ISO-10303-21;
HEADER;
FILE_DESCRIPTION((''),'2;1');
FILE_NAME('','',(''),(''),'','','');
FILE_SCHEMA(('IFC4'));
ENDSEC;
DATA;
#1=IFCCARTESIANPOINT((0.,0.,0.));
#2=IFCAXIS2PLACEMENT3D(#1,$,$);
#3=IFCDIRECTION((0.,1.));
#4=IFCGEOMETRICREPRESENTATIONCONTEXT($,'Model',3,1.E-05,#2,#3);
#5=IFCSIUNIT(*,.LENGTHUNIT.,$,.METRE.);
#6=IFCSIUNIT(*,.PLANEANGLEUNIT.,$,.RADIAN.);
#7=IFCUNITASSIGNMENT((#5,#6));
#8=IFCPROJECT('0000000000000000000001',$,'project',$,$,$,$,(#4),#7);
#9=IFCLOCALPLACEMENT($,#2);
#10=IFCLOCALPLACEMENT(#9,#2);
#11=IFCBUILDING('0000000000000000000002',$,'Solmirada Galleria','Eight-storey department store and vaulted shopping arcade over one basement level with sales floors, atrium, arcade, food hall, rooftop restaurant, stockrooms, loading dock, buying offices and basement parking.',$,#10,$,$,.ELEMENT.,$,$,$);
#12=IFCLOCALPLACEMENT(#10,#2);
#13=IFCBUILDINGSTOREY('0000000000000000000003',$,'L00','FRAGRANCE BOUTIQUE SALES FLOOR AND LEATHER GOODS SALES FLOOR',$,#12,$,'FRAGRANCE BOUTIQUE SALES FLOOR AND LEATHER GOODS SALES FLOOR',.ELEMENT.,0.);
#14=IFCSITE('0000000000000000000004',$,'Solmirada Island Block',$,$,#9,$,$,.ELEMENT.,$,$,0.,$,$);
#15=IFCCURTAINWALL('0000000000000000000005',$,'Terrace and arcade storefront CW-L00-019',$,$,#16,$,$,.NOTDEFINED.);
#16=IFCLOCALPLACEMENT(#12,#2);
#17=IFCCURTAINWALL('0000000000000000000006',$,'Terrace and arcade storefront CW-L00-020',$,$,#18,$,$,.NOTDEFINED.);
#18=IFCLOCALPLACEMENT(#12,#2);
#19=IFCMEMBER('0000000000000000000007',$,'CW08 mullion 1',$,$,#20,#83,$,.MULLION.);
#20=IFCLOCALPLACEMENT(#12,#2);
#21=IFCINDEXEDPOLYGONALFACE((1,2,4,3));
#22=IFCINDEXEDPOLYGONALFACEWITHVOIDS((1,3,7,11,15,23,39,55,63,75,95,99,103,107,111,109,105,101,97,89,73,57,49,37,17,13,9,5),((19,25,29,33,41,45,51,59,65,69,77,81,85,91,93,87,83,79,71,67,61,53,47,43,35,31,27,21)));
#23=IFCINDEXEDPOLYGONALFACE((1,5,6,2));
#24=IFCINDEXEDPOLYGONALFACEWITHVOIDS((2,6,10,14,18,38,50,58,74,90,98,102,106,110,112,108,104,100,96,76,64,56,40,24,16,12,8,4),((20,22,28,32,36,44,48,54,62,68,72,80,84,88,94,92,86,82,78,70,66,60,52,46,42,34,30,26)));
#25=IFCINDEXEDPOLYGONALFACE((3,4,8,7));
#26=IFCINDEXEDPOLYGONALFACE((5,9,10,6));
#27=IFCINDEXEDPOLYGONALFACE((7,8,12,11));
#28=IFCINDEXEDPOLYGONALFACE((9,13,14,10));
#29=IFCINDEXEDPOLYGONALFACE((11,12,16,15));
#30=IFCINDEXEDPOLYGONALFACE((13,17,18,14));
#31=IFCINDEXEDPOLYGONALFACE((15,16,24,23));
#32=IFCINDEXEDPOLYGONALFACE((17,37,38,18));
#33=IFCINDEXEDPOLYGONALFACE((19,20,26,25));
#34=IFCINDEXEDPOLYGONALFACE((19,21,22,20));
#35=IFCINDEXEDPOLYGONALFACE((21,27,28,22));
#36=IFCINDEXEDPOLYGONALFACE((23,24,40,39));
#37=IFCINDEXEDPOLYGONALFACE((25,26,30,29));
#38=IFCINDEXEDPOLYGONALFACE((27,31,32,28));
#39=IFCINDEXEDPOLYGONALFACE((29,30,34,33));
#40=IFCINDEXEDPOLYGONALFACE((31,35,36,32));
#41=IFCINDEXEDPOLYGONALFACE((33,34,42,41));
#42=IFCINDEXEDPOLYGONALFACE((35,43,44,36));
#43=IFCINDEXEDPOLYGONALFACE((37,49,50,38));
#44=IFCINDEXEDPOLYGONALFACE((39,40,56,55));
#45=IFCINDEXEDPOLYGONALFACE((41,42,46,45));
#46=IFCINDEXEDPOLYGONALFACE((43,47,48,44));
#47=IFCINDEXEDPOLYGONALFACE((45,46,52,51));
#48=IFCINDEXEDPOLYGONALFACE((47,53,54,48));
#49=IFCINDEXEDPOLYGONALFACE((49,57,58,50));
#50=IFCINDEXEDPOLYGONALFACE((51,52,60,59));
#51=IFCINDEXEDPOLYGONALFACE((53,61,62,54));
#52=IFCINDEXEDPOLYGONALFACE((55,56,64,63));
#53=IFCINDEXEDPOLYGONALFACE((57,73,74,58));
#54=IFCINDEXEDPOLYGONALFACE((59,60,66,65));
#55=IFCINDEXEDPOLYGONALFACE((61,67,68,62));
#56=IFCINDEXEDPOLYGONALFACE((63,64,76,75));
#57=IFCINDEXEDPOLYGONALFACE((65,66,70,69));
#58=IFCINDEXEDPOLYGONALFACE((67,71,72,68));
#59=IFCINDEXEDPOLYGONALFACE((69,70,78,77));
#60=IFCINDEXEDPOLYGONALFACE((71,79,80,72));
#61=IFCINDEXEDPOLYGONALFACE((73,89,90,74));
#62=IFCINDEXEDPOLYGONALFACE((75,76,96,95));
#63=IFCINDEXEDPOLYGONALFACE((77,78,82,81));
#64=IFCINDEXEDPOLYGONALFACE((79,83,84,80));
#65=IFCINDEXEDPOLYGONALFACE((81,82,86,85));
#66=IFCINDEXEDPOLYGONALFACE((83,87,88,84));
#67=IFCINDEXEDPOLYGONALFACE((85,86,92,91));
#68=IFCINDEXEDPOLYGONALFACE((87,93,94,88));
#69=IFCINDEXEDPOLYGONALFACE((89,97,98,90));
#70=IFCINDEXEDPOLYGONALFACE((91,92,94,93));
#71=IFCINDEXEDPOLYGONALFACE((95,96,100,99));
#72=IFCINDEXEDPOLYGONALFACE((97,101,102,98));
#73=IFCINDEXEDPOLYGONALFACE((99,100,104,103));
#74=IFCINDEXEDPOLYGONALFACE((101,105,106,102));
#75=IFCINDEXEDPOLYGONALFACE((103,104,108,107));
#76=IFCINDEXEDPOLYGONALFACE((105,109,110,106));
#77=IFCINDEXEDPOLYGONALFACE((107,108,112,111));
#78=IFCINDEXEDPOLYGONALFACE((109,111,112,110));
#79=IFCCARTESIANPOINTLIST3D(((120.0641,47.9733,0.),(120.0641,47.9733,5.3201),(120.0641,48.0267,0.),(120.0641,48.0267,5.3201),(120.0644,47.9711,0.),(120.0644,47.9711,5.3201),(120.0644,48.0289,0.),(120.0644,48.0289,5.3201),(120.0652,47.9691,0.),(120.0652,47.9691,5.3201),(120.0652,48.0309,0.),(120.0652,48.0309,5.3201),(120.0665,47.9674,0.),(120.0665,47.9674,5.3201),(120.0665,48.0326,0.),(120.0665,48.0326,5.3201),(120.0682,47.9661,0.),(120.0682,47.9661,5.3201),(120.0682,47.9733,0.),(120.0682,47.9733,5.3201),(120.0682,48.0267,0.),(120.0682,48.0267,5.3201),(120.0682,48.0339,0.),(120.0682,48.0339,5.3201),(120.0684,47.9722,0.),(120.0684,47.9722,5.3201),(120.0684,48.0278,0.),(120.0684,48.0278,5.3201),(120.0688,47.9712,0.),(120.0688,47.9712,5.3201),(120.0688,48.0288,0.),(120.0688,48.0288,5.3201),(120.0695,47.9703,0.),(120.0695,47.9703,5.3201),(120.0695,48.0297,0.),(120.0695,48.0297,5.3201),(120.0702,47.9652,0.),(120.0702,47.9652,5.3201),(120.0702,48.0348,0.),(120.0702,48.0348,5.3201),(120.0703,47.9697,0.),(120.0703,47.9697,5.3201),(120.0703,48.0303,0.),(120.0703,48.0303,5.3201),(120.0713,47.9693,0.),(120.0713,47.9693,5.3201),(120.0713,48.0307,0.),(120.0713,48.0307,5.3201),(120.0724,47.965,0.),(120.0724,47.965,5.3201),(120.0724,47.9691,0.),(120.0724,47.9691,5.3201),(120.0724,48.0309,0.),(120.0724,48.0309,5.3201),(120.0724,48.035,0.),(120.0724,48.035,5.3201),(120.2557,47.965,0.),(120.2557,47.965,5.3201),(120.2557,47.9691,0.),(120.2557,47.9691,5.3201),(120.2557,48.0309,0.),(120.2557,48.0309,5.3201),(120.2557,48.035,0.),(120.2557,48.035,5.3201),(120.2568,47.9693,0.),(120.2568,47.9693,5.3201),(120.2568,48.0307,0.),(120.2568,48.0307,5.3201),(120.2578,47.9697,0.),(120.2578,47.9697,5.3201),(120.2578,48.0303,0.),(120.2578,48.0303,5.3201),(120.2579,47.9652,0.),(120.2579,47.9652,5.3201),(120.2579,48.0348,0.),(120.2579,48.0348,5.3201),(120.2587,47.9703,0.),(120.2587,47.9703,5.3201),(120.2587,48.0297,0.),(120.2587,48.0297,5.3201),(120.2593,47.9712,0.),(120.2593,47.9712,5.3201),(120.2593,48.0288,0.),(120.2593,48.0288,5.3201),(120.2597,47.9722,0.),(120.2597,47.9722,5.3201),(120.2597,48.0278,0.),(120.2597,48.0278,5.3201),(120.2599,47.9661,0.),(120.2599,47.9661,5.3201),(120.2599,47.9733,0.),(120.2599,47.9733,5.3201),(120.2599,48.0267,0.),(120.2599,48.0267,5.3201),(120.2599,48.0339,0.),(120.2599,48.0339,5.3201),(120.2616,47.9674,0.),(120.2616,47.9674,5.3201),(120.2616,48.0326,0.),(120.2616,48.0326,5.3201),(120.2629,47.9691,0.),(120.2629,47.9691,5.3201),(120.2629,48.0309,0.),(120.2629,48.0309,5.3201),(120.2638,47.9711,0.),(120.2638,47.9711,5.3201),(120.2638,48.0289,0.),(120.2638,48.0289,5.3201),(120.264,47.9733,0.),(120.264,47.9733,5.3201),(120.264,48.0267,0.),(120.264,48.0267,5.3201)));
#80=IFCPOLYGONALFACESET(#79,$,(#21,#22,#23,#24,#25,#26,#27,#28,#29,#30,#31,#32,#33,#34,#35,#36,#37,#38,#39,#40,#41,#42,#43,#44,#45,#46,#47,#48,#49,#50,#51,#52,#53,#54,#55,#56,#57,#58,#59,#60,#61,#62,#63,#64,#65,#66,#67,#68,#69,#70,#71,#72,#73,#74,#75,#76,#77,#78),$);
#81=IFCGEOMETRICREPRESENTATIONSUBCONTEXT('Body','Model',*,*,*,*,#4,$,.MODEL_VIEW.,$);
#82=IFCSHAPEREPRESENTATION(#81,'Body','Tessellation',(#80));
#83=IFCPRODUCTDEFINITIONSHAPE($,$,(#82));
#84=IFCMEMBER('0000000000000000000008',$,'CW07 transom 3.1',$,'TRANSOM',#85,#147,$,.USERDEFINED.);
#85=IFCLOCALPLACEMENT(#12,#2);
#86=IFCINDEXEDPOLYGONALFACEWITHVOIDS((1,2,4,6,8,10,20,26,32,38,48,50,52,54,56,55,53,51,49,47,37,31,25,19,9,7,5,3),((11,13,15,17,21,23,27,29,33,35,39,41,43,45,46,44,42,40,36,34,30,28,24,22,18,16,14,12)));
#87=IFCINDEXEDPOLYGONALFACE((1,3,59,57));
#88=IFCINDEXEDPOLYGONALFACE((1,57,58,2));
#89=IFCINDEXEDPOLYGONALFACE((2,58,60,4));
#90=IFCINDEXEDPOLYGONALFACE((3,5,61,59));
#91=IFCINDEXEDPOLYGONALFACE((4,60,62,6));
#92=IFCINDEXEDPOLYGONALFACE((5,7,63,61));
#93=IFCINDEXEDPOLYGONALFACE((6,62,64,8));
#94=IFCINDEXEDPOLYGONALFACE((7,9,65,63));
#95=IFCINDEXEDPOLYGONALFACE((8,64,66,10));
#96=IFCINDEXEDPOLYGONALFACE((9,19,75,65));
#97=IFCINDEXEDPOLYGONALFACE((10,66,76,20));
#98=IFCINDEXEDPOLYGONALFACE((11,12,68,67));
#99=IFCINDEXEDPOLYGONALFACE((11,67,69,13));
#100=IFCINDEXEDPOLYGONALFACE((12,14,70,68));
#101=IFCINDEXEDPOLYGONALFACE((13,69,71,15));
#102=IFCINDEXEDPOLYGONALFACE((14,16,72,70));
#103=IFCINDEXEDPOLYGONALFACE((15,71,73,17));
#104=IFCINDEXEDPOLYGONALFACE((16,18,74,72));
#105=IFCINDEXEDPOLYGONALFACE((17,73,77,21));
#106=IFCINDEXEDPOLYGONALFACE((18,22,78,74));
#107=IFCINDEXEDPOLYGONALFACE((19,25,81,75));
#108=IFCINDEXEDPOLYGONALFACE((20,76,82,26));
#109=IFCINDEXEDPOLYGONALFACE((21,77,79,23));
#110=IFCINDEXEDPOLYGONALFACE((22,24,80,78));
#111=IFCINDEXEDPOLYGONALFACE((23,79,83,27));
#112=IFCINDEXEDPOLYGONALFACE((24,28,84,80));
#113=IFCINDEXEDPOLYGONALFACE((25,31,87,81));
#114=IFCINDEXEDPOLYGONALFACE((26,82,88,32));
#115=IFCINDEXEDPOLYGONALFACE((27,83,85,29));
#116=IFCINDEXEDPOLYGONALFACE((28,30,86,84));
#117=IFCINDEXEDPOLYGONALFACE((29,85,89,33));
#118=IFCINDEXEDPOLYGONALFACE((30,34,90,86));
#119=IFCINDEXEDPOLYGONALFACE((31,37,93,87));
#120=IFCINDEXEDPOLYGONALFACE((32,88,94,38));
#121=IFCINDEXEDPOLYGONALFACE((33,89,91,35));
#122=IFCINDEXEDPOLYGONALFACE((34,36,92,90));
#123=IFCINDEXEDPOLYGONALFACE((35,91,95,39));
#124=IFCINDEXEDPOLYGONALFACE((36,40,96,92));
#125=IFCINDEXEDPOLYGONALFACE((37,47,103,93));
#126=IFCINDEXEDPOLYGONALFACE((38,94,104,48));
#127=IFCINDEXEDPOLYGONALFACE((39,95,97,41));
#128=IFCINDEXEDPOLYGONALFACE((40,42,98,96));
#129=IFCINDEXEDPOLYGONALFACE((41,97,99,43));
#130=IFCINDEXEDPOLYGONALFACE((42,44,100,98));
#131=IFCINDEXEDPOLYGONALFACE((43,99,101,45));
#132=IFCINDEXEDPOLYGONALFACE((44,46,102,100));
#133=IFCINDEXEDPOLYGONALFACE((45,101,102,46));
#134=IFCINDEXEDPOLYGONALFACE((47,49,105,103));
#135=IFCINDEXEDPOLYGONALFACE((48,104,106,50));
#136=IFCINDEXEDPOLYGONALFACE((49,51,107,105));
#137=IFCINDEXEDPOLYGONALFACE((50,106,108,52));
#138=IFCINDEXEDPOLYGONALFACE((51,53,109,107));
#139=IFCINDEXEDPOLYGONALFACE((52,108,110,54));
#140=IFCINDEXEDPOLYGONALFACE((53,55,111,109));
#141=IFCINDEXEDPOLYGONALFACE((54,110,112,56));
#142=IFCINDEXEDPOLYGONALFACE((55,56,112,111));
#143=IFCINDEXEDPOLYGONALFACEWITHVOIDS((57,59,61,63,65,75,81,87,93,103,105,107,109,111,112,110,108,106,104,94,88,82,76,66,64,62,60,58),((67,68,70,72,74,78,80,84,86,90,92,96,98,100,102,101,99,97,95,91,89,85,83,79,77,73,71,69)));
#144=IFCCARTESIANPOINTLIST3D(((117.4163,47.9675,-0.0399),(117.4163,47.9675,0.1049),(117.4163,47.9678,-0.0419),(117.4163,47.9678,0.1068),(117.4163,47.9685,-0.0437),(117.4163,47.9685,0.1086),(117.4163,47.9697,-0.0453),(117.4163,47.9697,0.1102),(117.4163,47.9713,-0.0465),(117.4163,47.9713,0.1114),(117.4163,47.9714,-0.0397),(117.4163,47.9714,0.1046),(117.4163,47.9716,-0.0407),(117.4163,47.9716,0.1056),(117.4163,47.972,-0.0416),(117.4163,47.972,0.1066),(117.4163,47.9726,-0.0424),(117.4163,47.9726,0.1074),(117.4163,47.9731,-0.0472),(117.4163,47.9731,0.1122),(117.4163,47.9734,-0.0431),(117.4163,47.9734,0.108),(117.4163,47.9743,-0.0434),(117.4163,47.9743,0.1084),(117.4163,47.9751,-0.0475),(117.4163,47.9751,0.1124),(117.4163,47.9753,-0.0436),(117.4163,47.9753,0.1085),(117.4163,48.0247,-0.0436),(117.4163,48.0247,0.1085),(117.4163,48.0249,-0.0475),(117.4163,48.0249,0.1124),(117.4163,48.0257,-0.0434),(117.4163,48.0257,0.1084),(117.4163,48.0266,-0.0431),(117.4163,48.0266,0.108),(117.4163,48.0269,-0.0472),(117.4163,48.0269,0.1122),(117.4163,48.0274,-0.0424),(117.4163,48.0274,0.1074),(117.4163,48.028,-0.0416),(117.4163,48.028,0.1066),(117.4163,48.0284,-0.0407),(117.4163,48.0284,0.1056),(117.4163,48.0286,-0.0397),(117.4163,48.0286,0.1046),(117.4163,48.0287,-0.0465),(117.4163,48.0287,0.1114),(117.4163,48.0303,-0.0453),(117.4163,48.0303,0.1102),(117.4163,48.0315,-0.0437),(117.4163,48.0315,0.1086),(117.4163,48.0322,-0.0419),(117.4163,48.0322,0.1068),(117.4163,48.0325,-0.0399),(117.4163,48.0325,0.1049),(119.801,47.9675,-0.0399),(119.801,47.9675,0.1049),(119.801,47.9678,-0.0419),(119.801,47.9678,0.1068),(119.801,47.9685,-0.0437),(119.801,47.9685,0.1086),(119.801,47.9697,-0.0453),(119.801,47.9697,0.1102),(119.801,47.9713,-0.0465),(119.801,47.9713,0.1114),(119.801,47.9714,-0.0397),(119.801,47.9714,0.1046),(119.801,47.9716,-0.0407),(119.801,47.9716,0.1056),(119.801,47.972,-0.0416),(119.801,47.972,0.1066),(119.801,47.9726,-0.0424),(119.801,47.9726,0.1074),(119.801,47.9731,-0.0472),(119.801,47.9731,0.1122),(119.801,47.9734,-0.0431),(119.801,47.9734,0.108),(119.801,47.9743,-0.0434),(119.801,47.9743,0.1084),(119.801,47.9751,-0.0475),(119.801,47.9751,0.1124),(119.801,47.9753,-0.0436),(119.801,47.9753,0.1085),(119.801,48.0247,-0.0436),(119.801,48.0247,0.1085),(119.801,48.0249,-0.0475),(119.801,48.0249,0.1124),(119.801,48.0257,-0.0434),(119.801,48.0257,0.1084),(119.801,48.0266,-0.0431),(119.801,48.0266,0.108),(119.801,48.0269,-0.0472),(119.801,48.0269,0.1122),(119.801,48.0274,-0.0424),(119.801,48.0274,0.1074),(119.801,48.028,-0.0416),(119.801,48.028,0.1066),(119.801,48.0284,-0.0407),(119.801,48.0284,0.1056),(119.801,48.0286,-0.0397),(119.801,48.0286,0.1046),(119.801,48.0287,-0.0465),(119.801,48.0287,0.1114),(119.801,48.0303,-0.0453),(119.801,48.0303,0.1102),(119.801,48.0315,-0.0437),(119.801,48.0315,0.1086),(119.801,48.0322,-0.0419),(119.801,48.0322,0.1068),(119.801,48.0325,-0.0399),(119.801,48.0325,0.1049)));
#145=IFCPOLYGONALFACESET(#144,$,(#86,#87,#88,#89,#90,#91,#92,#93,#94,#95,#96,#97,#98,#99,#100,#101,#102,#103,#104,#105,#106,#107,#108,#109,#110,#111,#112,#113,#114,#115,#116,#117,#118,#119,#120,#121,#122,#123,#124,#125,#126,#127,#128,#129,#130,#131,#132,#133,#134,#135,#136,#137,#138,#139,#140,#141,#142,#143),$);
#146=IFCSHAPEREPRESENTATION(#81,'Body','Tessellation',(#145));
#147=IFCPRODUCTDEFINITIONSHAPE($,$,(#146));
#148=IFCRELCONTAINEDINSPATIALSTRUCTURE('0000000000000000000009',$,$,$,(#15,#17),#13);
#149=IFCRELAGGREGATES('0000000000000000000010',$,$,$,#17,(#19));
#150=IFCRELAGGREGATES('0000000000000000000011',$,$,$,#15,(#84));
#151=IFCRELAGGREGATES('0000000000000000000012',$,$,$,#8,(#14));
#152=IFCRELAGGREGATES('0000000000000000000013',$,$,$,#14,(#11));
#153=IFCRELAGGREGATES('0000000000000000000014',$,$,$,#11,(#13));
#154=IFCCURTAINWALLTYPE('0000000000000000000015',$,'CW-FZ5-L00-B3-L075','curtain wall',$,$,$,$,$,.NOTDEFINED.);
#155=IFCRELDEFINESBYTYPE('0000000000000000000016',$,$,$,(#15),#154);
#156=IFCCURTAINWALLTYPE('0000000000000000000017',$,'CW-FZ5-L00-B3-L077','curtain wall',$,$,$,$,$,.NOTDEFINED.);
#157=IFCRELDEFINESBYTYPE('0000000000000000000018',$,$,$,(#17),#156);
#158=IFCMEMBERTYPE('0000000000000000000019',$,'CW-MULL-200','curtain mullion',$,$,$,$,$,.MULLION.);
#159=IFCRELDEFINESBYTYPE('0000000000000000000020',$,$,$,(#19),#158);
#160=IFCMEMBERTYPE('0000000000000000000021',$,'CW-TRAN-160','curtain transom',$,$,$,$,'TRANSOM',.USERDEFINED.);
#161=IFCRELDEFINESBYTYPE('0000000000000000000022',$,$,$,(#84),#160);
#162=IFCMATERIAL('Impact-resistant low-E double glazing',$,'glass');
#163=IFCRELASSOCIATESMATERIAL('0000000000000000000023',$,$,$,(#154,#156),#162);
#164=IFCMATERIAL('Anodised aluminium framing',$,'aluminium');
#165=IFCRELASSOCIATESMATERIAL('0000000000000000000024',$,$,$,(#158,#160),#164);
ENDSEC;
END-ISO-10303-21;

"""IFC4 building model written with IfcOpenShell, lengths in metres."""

from ifc_helpers import new_model, si_unit, direction, frame, origin, origin_2d, place, context, subcontext, project, spatial, hollow_rectangle, extrude, material, material_profile, profile_set, type_object, element, aggregate, save


model = new_model("IFC4")

# Units and contexts
model_context = context("Model", 3, precision=1e-05, world=origin(), true_north=direction((0.0, 1.0)))
body_context = subcontext(model_context, "Body", "Model", "MODEL_VIEW")
ifc_project = project(units=[si_unit("LENGTHUNIT", "METRE"), si_unit("PLANEANGLEUNIT", "RADIAN")], contexts=[model_context])

# Site, building, storey
site_placement = place(None, origin())
site = spatial("IfcSite", under=ifc_project, at=site_placement, Name="Solmirada Island Block", CompositionType="ELEMENT", RefElevation=0.0)
building_placement = place(site_placement, origin())
building = spatial("IfcBuilding", under=site, at=building_placement, Name="Solmirada Galleria", Description="Eight-storey department store and vaulted shopping arcade over one basement level with sales floors, atrium, arcade, food hall, rooftop restaurant, stockrooms, loading dock, buying offices and basement parking.", CompositionType="ELEMENT")
storey_placement = place(building_placement, origin())
storey = spatial("IfcBuildingStorey", under=building, at=storey_placement, Name="L00", Description="FRAGRANCE BOUTIQUE SALES FLOOR AND LEATHER GOODS SALES FLOOR", LongName="FRAGRANCE BOUTIQUE SALES FLOOR AND LEATHER GOODS SALES FLOOR", CompositionType="ELEMENT", Elevation=0.0)

# Curtain wall
ifc_material_1 = material(Name="Impact-resistant low-E double glazing", Category="glass")
curtain_wall_type_1 = type_object("IfcCurtainWallType", Name="CW-FZ5-L00-B3-L075", Description="curtain wall", PredefinedType="NOTDEFINED", material=ifc_material_1)
curtain_wall_1_placement = place(storey_placement, origin())
curtain_wall_1 = element("IfcCurtainWall", 1, at=curtain_wall_1_placement, inside=storey, type_object=curtain_wall_type_1, Name="Terrace and arcade storefront CW-L00-019", PredefinedType="NOTDEFINED")
ifc_material_2 = material(Name="Anodised aluminium framing", Category="aluminium")
ifc_material_profile_1 = material_profile(ifc_material_2, hollow_rectangle(XDim=0.0701, YDim=0.2, WallThickness=0.0042, InnerFilletRadius=0.0042, OuterFilletRadius=0.0083, at=origin_2d()), Name="ALU-MULL-200X70")
ifc_profile_set_1 = profile_set([ifc_material_profile_1], Name="Anodised aluminium framing")
member_type_1 = type_object("IfcMemberType", Name="CW-MULL-200", Description="curtain mullion", PredefinedType="MULLION", material=ifc_profile_set_1)

# Curtain wall, member
curtain_wall_type_2 = type_object("IfcCurtainWallType", Name="CW-FZ5-L00-B3-L077", Description="curtain wall", PredefinedType="NOTDEFINED", material=ifc_material_1)
curtain_wall_2_placement = place(storey_placement, origin())
curtain_wall_2 = element("IfcCurtainWall", 2, at=curtain_wall_2_placement, inside=storey, type_object=curtain_wall_type_2, Name="Terrace and arcade storefront CW-L00-020", PredefinedType="NOTDEFINED")
member_1_placement = place(storey_placement, frame((120.1641, 48.0, 0.0), z_axis=(0.0, 0.0, 1.0), x_axis=(0.0, 1.0, 0.0)))
member_1 = element("IfcMember", 3, at=member_1_placement, type_object=member_type_1, Name="CW08 mullion 1", PredefinedType="MULLION", context=body_context, shape_type="SweptSolid", body=[
    extrude(hollow_rectangle(XDim=0.0701, YDim=0.2, WallThickness=0.0042, InnerFilletRadius=0.0042, OuterFilletRadius=0.0083, at=origin_2d()), origin(), (0.0, 0.0, 1.0), 5.3201),
])
aggregate(curtain_wall_2, [member_1])

# Member
ifc_material_profile_2 = material_profile(ifc_material_2, hollow_rectangle(XDim=0.0649, YDim=0.1599, WallThickness=0.0039, InnerFilletRadius=0.0039, OuterFilletRadius=0.0076, at=origin_2d()), Name="ALU-TRAN-160X65")
ifc_profile_set_2 = profile_set([ifc_material_profile_2], Name="Anodised aluminium framing")
member_type_2 = type_object("IfcMemberType", Name="CW-TRAN-160", Description="curtain transom", ElementType="TRANSOM", PredefinedType="USERDEFINED", material=ifc_profile_set_2)
member_2_placement = place(storey_placement, frame((117.4163, 48.0, 0.0325), z_axis=(1.0, 0.0, 0.0), x_axis=(0.0, 1.0, 0.0)))
member_2 = element("IfcMember", 4, at=member_2_placement, type_object=member_type_2, Name="CW07 transom 3.1", ObjectType="TRANSOM", PredefinedType="USERDEFINED", context=body_context, shape_type="SweptSolid", body=[
    extrude(hollow_rectangle(XDim=0.0649, YDim=0.1599, WallThickness=0.0039, InnerFilletRadius=0.0039, OuterFilletRadius=0.0076, at=origin_2d()), origin(), (0.0, 0.0, 1.0), 2.3848),
])

aggregate(curtain_wall_1, [member_2])

save(model, "model.ifc")
